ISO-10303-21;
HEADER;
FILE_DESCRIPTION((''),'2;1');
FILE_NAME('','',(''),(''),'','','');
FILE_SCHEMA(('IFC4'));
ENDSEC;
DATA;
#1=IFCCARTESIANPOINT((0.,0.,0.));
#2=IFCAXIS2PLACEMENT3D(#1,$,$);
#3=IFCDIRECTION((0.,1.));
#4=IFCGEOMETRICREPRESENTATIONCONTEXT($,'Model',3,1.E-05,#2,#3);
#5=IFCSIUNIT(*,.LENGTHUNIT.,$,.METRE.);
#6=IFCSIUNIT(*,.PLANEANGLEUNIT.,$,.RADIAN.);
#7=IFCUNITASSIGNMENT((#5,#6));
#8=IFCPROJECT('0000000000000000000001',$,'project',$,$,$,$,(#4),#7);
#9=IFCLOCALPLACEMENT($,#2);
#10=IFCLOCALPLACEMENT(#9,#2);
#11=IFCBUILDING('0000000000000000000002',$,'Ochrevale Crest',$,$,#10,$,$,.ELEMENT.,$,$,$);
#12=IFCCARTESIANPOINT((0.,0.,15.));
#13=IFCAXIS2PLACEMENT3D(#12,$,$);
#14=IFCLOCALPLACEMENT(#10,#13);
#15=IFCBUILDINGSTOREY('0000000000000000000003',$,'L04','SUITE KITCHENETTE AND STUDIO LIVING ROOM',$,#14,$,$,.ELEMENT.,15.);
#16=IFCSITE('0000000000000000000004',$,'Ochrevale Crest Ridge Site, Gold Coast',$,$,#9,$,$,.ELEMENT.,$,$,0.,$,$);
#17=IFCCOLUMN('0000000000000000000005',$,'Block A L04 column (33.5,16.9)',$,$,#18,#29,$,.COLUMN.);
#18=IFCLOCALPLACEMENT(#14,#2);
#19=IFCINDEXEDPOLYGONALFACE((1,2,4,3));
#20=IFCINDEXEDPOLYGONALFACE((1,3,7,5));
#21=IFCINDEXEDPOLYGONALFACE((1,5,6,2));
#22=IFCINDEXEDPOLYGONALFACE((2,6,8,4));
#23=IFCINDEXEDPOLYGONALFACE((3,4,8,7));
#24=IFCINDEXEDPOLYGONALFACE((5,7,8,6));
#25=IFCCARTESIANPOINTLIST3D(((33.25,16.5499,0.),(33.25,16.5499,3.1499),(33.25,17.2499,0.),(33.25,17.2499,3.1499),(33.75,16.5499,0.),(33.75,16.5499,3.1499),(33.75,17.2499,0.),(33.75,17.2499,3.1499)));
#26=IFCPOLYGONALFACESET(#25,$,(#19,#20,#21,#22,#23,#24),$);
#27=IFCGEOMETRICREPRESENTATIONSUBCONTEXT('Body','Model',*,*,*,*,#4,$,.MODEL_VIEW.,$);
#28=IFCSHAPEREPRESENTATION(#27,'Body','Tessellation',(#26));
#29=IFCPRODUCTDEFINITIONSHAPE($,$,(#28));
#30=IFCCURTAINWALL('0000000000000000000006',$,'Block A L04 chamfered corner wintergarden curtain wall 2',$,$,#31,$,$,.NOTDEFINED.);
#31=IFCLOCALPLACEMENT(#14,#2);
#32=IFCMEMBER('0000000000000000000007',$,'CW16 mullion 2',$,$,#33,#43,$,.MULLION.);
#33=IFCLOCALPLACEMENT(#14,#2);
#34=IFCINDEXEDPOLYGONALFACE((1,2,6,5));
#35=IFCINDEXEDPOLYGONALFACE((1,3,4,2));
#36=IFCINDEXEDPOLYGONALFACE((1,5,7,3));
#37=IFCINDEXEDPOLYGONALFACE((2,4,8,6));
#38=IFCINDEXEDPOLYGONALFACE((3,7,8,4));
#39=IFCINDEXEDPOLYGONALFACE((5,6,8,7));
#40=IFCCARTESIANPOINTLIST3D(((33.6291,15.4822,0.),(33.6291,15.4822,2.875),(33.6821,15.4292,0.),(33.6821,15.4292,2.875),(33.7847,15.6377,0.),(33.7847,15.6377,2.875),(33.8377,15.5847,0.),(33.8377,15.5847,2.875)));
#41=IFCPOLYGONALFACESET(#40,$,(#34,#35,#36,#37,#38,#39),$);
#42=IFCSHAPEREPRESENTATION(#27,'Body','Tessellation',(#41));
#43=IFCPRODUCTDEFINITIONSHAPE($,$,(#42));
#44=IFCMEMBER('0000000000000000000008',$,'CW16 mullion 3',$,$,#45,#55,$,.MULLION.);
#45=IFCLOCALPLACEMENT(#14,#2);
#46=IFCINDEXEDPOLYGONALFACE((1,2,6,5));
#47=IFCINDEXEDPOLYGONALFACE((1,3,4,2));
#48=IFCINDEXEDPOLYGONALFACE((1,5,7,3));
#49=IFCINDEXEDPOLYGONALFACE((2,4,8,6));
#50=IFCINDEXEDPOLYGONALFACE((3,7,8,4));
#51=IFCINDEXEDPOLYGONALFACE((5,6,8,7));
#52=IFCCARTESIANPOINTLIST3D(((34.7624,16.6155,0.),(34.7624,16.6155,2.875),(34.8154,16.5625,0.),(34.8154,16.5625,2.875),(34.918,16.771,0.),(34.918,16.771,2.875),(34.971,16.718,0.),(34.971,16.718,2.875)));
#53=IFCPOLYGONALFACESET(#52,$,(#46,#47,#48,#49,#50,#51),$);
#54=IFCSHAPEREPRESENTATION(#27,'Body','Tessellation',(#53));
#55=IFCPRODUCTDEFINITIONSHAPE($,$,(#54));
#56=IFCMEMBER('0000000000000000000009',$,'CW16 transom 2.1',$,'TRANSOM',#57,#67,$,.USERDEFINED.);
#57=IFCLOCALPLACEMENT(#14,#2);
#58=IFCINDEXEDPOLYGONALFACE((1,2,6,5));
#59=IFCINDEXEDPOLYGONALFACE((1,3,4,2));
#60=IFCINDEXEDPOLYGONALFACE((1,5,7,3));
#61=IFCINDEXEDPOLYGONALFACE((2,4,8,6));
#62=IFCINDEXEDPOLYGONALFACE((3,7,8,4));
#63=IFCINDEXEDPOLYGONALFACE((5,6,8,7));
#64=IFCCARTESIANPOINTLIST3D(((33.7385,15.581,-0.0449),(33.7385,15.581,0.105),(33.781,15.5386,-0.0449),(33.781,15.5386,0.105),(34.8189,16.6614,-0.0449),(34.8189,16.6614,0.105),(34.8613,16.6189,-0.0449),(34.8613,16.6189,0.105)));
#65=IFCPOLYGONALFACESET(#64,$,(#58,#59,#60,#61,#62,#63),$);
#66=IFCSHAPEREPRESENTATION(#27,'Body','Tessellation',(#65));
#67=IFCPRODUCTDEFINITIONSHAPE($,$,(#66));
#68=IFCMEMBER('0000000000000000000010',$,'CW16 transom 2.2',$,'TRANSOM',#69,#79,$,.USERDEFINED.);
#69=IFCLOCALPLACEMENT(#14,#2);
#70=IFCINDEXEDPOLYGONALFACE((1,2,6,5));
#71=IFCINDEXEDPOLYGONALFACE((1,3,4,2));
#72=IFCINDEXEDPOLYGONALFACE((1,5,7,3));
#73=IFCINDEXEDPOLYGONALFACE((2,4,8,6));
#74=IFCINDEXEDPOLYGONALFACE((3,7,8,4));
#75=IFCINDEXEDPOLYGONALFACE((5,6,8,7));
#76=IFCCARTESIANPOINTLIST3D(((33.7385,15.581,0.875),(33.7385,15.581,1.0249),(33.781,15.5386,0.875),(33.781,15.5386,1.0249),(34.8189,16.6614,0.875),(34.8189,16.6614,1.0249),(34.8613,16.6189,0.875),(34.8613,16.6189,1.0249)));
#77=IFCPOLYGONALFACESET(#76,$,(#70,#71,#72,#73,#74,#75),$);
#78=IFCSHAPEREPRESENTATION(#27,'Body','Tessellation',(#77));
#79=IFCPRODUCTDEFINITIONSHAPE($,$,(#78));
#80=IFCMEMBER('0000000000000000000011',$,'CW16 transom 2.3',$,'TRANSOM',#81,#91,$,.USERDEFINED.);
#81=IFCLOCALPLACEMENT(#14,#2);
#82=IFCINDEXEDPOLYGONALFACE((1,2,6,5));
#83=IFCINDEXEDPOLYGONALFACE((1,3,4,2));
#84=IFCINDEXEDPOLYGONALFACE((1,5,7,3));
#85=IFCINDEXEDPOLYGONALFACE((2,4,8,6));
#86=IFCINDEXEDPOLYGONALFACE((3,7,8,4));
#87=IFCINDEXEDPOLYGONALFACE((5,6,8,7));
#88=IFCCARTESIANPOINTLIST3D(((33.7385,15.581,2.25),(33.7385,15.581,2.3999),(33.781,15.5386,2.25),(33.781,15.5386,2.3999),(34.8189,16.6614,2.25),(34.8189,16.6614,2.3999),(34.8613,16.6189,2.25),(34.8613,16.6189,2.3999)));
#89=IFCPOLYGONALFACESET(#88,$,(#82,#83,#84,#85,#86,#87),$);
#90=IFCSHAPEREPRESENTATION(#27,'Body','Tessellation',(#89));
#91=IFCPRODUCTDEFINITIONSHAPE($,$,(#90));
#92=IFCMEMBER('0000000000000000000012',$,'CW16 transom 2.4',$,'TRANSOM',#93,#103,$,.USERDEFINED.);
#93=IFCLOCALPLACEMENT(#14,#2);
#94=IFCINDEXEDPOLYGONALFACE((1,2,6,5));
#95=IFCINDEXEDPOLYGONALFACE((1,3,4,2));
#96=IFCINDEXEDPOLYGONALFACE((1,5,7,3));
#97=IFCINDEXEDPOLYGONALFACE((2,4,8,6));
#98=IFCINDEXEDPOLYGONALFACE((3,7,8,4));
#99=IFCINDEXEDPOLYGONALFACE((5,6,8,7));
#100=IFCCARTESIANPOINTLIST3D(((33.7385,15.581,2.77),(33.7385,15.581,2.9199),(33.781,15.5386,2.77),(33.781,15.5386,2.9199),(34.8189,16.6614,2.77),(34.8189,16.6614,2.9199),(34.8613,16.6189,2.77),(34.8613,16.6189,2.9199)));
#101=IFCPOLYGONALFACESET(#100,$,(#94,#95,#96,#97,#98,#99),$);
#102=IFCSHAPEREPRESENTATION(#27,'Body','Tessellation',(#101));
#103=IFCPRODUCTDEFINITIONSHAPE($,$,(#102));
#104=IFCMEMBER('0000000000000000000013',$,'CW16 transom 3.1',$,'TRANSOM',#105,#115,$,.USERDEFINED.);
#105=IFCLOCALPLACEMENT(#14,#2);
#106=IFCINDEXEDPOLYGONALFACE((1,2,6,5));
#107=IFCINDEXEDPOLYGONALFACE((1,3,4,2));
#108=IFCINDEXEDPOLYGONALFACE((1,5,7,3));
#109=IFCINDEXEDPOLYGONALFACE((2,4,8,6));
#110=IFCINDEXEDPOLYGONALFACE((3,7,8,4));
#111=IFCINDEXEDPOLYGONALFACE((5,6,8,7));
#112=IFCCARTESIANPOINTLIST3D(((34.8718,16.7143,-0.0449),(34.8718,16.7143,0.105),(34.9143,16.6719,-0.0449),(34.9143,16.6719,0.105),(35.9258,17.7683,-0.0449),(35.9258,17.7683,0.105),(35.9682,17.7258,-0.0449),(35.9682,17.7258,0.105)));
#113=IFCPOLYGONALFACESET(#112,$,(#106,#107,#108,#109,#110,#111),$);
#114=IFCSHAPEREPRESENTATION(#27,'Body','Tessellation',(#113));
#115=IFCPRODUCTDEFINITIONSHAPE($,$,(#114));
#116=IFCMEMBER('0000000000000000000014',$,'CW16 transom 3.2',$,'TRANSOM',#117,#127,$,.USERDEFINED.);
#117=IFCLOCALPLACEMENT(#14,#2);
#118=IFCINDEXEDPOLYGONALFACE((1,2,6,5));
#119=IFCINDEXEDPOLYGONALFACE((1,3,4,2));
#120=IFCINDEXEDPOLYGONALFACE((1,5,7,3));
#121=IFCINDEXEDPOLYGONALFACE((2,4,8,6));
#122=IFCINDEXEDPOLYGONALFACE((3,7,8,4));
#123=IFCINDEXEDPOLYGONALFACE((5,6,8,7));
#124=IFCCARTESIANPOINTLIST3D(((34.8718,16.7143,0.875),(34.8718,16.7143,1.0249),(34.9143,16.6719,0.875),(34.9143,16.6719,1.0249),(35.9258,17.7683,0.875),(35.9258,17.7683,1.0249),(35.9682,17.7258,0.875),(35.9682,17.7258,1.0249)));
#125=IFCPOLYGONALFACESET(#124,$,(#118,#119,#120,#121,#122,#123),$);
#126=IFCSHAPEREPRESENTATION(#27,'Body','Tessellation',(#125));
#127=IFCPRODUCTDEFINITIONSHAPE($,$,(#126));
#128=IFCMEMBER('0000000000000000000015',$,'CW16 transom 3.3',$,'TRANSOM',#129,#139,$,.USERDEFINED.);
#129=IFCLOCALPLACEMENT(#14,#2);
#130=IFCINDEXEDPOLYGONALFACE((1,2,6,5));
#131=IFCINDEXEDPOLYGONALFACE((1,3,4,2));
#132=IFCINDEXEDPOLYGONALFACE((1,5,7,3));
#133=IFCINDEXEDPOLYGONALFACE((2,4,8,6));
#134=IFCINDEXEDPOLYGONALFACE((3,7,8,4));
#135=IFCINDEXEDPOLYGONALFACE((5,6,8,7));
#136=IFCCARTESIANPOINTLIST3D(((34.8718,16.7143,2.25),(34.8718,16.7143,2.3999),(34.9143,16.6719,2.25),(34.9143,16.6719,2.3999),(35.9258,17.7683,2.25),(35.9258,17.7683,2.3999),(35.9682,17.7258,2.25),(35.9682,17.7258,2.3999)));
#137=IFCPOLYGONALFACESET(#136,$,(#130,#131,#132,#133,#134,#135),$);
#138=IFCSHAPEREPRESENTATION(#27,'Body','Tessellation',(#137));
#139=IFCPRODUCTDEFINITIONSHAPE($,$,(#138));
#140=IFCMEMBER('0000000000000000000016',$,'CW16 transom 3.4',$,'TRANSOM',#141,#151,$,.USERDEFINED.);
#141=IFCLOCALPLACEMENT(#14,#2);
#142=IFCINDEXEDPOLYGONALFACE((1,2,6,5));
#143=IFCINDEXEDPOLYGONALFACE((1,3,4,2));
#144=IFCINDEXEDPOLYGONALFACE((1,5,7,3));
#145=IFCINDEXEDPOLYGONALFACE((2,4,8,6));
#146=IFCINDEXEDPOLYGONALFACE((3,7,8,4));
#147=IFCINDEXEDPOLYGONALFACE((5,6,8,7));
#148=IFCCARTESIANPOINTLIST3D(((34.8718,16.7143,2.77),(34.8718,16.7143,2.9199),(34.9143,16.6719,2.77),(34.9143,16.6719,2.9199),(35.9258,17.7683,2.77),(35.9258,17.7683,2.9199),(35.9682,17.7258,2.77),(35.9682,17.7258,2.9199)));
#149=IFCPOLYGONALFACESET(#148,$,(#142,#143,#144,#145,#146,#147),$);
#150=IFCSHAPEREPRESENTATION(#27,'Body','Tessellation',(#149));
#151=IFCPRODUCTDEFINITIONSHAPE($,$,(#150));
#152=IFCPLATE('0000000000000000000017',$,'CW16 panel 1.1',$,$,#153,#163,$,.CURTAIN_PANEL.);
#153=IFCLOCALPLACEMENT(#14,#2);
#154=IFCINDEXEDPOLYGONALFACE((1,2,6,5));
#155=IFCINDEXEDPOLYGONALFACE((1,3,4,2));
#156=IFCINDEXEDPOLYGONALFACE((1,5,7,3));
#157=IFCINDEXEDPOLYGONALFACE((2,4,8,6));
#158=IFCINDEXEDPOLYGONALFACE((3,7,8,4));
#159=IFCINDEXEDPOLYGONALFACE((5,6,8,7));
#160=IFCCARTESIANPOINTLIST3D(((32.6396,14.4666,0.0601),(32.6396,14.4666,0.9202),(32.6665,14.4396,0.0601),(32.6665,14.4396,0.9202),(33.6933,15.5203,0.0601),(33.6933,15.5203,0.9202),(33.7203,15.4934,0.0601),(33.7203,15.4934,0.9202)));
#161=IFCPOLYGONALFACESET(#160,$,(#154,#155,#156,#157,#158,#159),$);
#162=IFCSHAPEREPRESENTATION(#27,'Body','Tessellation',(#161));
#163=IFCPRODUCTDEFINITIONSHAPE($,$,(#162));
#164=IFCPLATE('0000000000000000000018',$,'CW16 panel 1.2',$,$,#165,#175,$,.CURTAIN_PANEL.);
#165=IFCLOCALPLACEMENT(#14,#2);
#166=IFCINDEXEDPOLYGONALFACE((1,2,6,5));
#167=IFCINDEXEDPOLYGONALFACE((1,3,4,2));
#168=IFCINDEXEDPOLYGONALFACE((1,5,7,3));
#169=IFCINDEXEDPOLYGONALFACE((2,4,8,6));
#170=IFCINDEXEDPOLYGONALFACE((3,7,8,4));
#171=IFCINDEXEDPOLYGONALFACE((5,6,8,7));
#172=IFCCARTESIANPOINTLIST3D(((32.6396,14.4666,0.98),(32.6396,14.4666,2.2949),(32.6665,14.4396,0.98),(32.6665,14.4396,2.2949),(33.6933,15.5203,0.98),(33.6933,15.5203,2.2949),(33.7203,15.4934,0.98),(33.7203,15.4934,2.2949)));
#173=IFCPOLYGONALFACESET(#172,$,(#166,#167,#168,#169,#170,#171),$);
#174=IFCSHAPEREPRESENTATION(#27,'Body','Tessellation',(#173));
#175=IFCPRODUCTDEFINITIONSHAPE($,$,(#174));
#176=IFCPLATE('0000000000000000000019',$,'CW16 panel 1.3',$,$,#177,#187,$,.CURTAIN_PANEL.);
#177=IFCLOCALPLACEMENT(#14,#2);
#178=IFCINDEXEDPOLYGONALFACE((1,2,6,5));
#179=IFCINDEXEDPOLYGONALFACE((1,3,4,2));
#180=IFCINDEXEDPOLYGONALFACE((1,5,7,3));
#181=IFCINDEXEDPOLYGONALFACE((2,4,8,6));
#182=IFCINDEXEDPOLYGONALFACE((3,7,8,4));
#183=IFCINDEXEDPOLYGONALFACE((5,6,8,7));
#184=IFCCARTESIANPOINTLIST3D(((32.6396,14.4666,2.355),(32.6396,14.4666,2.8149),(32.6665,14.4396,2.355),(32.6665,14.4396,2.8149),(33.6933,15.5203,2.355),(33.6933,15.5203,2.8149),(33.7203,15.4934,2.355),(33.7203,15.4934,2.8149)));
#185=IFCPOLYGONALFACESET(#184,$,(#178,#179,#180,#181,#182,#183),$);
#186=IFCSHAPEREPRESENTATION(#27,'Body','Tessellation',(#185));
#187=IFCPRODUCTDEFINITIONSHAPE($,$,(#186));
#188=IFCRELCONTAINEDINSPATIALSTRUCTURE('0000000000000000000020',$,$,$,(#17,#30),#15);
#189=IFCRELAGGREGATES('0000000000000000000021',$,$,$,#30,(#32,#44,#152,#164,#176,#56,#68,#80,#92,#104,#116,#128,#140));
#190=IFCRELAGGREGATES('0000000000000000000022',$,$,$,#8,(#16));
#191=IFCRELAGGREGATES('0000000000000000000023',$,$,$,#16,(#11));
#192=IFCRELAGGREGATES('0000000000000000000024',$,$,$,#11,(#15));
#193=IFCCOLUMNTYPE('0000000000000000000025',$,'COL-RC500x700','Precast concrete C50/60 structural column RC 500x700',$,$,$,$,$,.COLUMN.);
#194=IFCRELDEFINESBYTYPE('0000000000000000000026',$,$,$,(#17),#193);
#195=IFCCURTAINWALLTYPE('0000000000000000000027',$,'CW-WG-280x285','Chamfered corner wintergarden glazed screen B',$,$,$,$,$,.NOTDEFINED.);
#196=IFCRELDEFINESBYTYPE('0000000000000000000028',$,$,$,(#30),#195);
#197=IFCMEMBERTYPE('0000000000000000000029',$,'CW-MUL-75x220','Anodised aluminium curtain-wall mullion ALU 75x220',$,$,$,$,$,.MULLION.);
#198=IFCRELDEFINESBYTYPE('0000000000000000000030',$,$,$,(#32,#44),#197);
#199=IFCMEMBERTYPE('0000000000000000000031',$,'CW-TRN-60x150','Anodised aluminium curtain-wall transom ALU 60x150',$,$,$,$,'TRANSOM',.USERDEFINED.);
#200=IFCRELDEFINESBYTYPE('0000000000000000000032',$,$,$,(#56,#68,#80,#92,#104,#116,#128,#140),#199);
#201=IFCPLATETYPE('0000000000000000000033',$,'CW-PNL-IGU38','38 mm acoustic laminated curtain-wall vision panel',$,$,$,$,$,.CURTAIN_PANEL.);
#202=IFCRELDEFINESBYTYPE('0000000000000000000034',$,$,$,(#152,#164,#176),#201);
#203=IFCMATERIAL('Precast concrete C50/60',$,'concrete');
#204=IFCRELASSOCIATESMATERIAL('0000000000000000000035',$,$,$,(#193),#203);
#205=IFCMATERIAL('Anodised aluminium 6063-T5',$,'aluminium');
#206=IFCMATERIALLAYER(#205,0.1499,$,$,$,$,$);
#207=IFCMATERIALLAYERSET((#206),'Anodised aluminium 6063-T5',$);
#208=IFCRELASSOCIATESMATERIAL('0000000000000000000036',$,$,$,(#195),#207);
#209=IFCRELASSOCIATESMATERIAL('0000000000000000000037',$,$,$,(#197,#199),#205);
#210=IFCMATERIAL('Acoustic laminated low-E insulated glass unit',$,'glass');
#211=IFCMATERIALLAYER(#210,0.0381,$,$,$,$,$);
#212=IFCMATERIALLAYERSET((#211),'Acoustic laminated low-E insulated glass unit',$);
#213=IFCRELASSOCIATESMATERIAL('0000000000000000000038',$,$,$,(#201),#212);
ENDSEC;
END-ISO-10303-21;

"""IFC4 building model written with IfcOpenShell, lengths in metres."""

from ifc_helpers import new_model, si_unit, direction, frame, origin, origin_2d, place, context, subcontext, project, spatial, rectangle, extrude, material, layer, layer_set, material_profile, profile_set, type_object, element, aggregate, save


model = new_model("IFC4")

# Units and contexts
model_context = context("Model", 3, precision=1e-05, world=origin(), true_north=direction((0.0, 1.0)))
body_context = subcontext(model_context, "Body", "Model", "MODEL_VIEW")
ifc_project = project(units=[si_unit("LENGTHUNIT", "METRE"), si_unit("PLANEANGLEUNIT", "RADIAN")], contexts=[model_context])

# Site, building, storey
site_placement = place(None, origin())
site = spatial("IfcSite", under=ifc_project, at=site_placement, Name="Ochrevale Crest Ridge Site, Gold Coast", CompositionType="ELEMENT", RefElevation=0.0)
building_placement = place(site_placement, origin())
building = spatial("IfcBuilding", under=site, at=building_placement, Name="Ochrevale Crest", CompositionType="ELEMENT")
storey_placement = place(building_placement, frame((0.0, 0.0, 15.0)))
storey = spatial("IfcBuildingStorey", under=building, at=storey_placement, Name="L04", Description="SUITE KITCHENETTE AND STUDIO LIVING ROOM", CompositionType="ELEMENT", Elevation=15.0)

# Column
ifc_material_1 = material(Name="Precast concrete C50/60", Category="concrete")
ifc_material_profile_1 = material_profile(ifc_material_1, rectangle(XDim=0.5, YDim=0.7, at=origin_2d()), Name="RC 500x700")
ifc_profile_set_1 = profile_set([ifc_material_profile_1], Name="Precast concrete C50/60")
column_type = type_object("IfcColumnType", Name="COL-RC500x700", Description="Precast concrete C50/60 structural column RC 500x700", PredefinedType="COLUMN", material=ifc_profile_set_1)
column_placement = place(storey_placement, frame((33.5, 16.8999, 0.0), z_axis=(0.0, 0.0, 1.0), x_axis=(1.0, 0.0, 0.0)))
element("IfcColumn", 1, at=column_placement, inside=storey, type_object=column_type, Name="Block A L04 column (33.5,16.9)", PredefinedType="COLUMN", context=body_context, shape_type="SweptSolid", body=[
    extrude(rectangle(XDim=0.5, YDim=0.7, at=origin_2d()), origin(), (0.0, 0.0, 1.0), 3.1499),
])

# Curtain wall, members, plates
ifc_material_2 = material(Name="Anodised aluminium 6063-T5", Category="aluminium")
ifc_layer_1 = layer(ifc_material_2, 0.1499)
ifc_layer_set_1 = layer_set([ifc_layer_1], Name="Anodised aluminium 6063-T5")
curtain_wall_type = type_object("IfcCurtainWallType", Name="CW-WG-280x285", Description="Chamfered corner wintergarden glazed screen B", PredefinedType="NOTDEFINED", material=ifc_layer_set_1)
curtain_wall_placement = place(storey_placement, origin())
curtain_wall = element("IfcCurtainWall", 2, at=curtain_wall_placement, inside=storey, type_object=curtain_wall_type, Name="Block A L04 chamfered corner wintergarden curtain wall 2", PredefinedType="NOTDEFINED")
ifc_material_profile_2 = material_profile(ifc_material_2, rectangle(XDim=0.075, YDim=0.22, at=origin_2d()), Name="ALU 75x220")
ifc_profile_set_2 = profile_set([ifc_material_profile_2], Name="Anodised aluminium 6063-T5")
member_type_1 = type_object("IfcMemberType", Name="CW-MUL-75x220", Description="Anodised aluminium curtain-wall mullion ALU 75x220", PredefinedType="MULLION", material=ifc_profile_set_2)
member_1_placement = place(storey_placement, frame((33.7334, 15.5334, 0.0), z_axis=(0.0, 0.0, 1.0), x_axis=(-0.707107, 0.707107, 0.0)))
member_1 = element("IfcMember", 3, at=member_1_placement, type_object=member_type_1, Name="CW16 mullion 2", PredefinedType="MULLION", context=body_context, shape_type="SweptSolid", body=[
    extrude(rectangle(XDim=0.075, YDim=0.22, at=origin_2d()), origin(), (0.0, 0.0, 1.0), 2.875),
])
member_2_placement = place(storey_placement, frame((34.8667, 16.6667, 0.0), z_axis=(0.0, 0.0, 1.0), x_axis=(-0.707107, 0.707107, 0.0)))
member_2 = element("IfcMember", 4, at=member_2_placement, type_object=member_type_1, Name="CW16 mullion 3", PredefinedType="MULLION", context=body_context, shape_type="SweptSolid", body=[
    extrude(rectangle(XDim=0.075, YDim=0.22, at=origin_2d()), origin(), (0.0, 0.0, 1.0), 2.875),
])
ifc_material_profile_3 = material_profile(ifc_material_2, rectangle(XDim=0.0601, YDim=0.1499, at=origin_2d()), Name="ALU 60x150")
ifc_profile_set_3 = profile_set([ifc_material_profile_3], Name="Anodised aluminium 6063-T5")
member_type_2 = type_object("IfcMemberType", Name="CW-TRN-60x150", Description="Anodised aluminium curtain-wall transom ALU 60x150", ElementType="TRANSOM", PredefinedType="USERDEFINED", material=ifc_profile_set_3)
member_3_placement = place(storey_placement, frame((33.7598, 15.5598, 0.03), z_axis=(0.707107, 0.707107, 0.0), x_axis=(-0.707107, 0.707107, 0.0)))
member_3 = element("IfcMember", 5, at=member_3_placement, type_object=member_type_2, Name="CW16 transom 2.1", ObjectType="TRANSOM", PredefinedType="USERDEFINED", context=body_context, shape_type="SweptSolid", body=[
    extrude(rectangle(XDim=0.0601, YDim=0.1499, at=origin_2d()), origin(), (0.0, 0.0, 1.0), 1.5278),
])
member_4_placement = place(storey_placement, frame((33.7598, 15.5598, 0.95), z_axis=(0.707107, 0.707107, 0.0), x_axis=(-0.707107, 0.707107, 0.0)))
member_4 = element("IfcMember", 6, at=member_4_placement, type_object=member_type_2, Name="CW16 transom 2.2", ObjectType="TRANSOM", PredefinedType="USERDEFINED", context=body_context, shape_type="SweptSolid", body=[
    extrude(rectangle(XDim=0.0601, YDim=0.1499, at=origin_2d()), origin(), (0.0, 0.0, 1.0), 1.5278),
])
member_5_placement = place(storey_placement, frame((33.7598, 15.5598, 2.325), z_axis=(0.707107, 0.707107, 0.0), x_axis=(-0.707107, 0.707107, 0.0)))
member_5 = element("IfcMember", 7, at=member_5_placement, type_object=member_type_2, Name="CW16 transom 2.3", ObjectType="TRANSOM", PredefinedType="USERDEFINED", context=body_context, shape_type="SweptSolid", body=[
    extrude(rectangle(XDim=0.0601, YDim=0.1499, at=origin_2d()), origin(), (0.0, 0.0, 1.0), 1.5278),
])
member_6_placement = place(storey_placement, frame((33.7598, 15.5598, 2.845), z_axis=(0.707107, 0.707107, 0.0), x_axis=(-0.707107, 0.707107, 0.0)))
member_6 = element("IfcMember", 8, at=member_6_placement, type_object=member_type_2, Name="CW16 transom 2.4", ObjectType="TRANSOM", PredefinedType="USERDEFINED", context=body_context, shape_type="SweptSolid", body=[
    extrude(rectangle(XDim=0.0601, YDim=0.1499, at=origin_2d()), origin(), (0.0, 0.0, 1.0), 1.5278),
])
member_7_placement = place(storey_placement, frame((34.8931, 16.6931, 0.03), z_axis=(0.707107, 0.707107, 0.0), x_axis=(-0.707107, 0.707107, 0.0)))
member_7 = element("IfcMember", 9, at=member_7_placement, type_object=member_type_2, Name="CW16 transom 3.1", ObjectType="TRANSOM", PredefinedType="USERDEFINED", context=body_context, shape_type="SweptSolid", body=[
    extrude(rectangle(XDim=0.0601, YDim=0.1499, at=origin_2d()), origin(), (0.0, 0.0, 1.0), 1.4905),
])
member_8_placement = place(storey_placement, frame((34.8931, 16.6931, 0.95), z_axis=(0.707107, 0.707107, 0.0), x_axis=(-0.707107, 0.707107, 0.0)))
member_8 = element("IfcMember", 10, at=member_8_placement, type_object=member_type_2, Name="CW16 transom 3.2", ObjectType="TRANSOM", PredefinedType="USERDEFINED", context=body_context, shape_type="SweptSolid", body=[
    extrude(rectangle(XDim=0.0601, YDim=0.1499, at=origin_2d()), origin(), (0.0, 0.0, 1.0), 1.4905),
])
member_9_placement = place(storey_placement, frame((34.8931, 16.6931, 2.325), z_axis=(0.707107, 0.707107, 0.0), x_axis=(-0.707107, 0.707107, 0.0)))
member_9 = element("IfcMember", 11, at=member_9_placement, type_object=member_type_2, Name="CW16 transom 3.3", ObjectType="TRANSOM", PredefinedType="USERDEFINED", context=body_context, shape_type="SweptSolid", body=[
    extrude(rectangle(XDim=0.0601, YDim=0.1499, at=origin_2d()), origin(), (0.0, 0.0, 1.0), 1.4905),
])
member_10_placement = place(storey_placement, frame((34.8931, 16.6931, 2.845), z_axis=(0.707107, 0.707107, 0.0), x_axis=(-0.707107, 0.707107, 0.0)))
member_10 = element("IfcMember", 12, at=member_10_placement, type_object=member_type_2, Name="CW16 transom 3.4", ObjectType="TRANSOM", PredefinedType="USERDEFINED", context=body_context, shape_type="SweptSolid", body=[
    extrude(rectangle(XDim=0.0601, YDim=0.1499, at=origin_2d()), origin(), (0.0, 0.0, 1.0), 1.4905),
])
ifc_material_3 = material(Name="Acoustic laminated low-E insulated glass unit", Category="glass")
ifc_layer_2 = layer(ifc_material_3, 0.0381)
ifc_layer_set_2 = layer_set([ifc_layer_2], Name="Acoustic laminated low-E insulated glass unit")
plate_type = type_object("IfcPlateType", Name="CW-PNL-IGU38", Description="38 mm acoustic laminated curtain-wall vision panel", PredefinedType="CURTAIN_PANEL", material=ifc_layer_set_2)
plate_1_placement = place(storey_placement, frame((33.1799, 14.98, 0.0601), z_axis=(0.0, 0.0, 1.0), x_axis=(0.707107, 0.707107, 0.0)))
plate_1 = element("IfcPlate", 13, at=plate_1_placement, type_object=plate_type, Name="CW16 panel 1.1", PredefinedType="CURTAIN_PANEL", context=body_context, shape_type="SweptSolid", body=[
    extrude(rectangle(XDim=1.4902, YDim=0.0381, at=origin_2d()), origin(), (0.0, 0.0, 1.0), 0.8601),
])
plate_2_placement = place(storey_placement, frame((33.1799, 14.98, 0.98), z_axis=(0.0, 0.0, 1.0), x_axis=(0.707107, 0.707107, 0.0)))
plate_2 = element("IfcPlate", 14, at=plate_2_placement, type_object=plate_type, Name="CW16 panel 1.2", PredefinedType="CURTAIN_PANEL", context=body_context, shape_type="SweptSolid", body=[
    extrude(rectangle(XDim=1.4902, YDim=0.0381, at=origin_2d()), origin(), (0.0, 0.0, 1.0), 1.3149),
])
plate_3_placement = place(storey_placement, frame((33.1799, 14.98, 2.355), z_axis=(0.0, 0.0, 1.0), x_axis=(0.707107, 0.707107, 0.0)))
plate_3 = element("IfcPlate", 15, at=plate_3_placement, type_object=plate_type, Name="CW16 panel 1.3", PredefinedType="CURTAIN_PANEL", context=body_context, shape_type="SweptSolid", body=[
    extrude(rectangle(XDim=1.4902, YDim=0.0381, at=origin_2d()), origin(), (0.0, 0.0, 1.0), 0.46),
])
aggregate(curtain_wall, [member_1, member_2, plate_1, plate_2, plate_3, member_3, member_4, member_5, member_6, member_7, member_8, member_9, member_10])

save(model, "model.ifc")
